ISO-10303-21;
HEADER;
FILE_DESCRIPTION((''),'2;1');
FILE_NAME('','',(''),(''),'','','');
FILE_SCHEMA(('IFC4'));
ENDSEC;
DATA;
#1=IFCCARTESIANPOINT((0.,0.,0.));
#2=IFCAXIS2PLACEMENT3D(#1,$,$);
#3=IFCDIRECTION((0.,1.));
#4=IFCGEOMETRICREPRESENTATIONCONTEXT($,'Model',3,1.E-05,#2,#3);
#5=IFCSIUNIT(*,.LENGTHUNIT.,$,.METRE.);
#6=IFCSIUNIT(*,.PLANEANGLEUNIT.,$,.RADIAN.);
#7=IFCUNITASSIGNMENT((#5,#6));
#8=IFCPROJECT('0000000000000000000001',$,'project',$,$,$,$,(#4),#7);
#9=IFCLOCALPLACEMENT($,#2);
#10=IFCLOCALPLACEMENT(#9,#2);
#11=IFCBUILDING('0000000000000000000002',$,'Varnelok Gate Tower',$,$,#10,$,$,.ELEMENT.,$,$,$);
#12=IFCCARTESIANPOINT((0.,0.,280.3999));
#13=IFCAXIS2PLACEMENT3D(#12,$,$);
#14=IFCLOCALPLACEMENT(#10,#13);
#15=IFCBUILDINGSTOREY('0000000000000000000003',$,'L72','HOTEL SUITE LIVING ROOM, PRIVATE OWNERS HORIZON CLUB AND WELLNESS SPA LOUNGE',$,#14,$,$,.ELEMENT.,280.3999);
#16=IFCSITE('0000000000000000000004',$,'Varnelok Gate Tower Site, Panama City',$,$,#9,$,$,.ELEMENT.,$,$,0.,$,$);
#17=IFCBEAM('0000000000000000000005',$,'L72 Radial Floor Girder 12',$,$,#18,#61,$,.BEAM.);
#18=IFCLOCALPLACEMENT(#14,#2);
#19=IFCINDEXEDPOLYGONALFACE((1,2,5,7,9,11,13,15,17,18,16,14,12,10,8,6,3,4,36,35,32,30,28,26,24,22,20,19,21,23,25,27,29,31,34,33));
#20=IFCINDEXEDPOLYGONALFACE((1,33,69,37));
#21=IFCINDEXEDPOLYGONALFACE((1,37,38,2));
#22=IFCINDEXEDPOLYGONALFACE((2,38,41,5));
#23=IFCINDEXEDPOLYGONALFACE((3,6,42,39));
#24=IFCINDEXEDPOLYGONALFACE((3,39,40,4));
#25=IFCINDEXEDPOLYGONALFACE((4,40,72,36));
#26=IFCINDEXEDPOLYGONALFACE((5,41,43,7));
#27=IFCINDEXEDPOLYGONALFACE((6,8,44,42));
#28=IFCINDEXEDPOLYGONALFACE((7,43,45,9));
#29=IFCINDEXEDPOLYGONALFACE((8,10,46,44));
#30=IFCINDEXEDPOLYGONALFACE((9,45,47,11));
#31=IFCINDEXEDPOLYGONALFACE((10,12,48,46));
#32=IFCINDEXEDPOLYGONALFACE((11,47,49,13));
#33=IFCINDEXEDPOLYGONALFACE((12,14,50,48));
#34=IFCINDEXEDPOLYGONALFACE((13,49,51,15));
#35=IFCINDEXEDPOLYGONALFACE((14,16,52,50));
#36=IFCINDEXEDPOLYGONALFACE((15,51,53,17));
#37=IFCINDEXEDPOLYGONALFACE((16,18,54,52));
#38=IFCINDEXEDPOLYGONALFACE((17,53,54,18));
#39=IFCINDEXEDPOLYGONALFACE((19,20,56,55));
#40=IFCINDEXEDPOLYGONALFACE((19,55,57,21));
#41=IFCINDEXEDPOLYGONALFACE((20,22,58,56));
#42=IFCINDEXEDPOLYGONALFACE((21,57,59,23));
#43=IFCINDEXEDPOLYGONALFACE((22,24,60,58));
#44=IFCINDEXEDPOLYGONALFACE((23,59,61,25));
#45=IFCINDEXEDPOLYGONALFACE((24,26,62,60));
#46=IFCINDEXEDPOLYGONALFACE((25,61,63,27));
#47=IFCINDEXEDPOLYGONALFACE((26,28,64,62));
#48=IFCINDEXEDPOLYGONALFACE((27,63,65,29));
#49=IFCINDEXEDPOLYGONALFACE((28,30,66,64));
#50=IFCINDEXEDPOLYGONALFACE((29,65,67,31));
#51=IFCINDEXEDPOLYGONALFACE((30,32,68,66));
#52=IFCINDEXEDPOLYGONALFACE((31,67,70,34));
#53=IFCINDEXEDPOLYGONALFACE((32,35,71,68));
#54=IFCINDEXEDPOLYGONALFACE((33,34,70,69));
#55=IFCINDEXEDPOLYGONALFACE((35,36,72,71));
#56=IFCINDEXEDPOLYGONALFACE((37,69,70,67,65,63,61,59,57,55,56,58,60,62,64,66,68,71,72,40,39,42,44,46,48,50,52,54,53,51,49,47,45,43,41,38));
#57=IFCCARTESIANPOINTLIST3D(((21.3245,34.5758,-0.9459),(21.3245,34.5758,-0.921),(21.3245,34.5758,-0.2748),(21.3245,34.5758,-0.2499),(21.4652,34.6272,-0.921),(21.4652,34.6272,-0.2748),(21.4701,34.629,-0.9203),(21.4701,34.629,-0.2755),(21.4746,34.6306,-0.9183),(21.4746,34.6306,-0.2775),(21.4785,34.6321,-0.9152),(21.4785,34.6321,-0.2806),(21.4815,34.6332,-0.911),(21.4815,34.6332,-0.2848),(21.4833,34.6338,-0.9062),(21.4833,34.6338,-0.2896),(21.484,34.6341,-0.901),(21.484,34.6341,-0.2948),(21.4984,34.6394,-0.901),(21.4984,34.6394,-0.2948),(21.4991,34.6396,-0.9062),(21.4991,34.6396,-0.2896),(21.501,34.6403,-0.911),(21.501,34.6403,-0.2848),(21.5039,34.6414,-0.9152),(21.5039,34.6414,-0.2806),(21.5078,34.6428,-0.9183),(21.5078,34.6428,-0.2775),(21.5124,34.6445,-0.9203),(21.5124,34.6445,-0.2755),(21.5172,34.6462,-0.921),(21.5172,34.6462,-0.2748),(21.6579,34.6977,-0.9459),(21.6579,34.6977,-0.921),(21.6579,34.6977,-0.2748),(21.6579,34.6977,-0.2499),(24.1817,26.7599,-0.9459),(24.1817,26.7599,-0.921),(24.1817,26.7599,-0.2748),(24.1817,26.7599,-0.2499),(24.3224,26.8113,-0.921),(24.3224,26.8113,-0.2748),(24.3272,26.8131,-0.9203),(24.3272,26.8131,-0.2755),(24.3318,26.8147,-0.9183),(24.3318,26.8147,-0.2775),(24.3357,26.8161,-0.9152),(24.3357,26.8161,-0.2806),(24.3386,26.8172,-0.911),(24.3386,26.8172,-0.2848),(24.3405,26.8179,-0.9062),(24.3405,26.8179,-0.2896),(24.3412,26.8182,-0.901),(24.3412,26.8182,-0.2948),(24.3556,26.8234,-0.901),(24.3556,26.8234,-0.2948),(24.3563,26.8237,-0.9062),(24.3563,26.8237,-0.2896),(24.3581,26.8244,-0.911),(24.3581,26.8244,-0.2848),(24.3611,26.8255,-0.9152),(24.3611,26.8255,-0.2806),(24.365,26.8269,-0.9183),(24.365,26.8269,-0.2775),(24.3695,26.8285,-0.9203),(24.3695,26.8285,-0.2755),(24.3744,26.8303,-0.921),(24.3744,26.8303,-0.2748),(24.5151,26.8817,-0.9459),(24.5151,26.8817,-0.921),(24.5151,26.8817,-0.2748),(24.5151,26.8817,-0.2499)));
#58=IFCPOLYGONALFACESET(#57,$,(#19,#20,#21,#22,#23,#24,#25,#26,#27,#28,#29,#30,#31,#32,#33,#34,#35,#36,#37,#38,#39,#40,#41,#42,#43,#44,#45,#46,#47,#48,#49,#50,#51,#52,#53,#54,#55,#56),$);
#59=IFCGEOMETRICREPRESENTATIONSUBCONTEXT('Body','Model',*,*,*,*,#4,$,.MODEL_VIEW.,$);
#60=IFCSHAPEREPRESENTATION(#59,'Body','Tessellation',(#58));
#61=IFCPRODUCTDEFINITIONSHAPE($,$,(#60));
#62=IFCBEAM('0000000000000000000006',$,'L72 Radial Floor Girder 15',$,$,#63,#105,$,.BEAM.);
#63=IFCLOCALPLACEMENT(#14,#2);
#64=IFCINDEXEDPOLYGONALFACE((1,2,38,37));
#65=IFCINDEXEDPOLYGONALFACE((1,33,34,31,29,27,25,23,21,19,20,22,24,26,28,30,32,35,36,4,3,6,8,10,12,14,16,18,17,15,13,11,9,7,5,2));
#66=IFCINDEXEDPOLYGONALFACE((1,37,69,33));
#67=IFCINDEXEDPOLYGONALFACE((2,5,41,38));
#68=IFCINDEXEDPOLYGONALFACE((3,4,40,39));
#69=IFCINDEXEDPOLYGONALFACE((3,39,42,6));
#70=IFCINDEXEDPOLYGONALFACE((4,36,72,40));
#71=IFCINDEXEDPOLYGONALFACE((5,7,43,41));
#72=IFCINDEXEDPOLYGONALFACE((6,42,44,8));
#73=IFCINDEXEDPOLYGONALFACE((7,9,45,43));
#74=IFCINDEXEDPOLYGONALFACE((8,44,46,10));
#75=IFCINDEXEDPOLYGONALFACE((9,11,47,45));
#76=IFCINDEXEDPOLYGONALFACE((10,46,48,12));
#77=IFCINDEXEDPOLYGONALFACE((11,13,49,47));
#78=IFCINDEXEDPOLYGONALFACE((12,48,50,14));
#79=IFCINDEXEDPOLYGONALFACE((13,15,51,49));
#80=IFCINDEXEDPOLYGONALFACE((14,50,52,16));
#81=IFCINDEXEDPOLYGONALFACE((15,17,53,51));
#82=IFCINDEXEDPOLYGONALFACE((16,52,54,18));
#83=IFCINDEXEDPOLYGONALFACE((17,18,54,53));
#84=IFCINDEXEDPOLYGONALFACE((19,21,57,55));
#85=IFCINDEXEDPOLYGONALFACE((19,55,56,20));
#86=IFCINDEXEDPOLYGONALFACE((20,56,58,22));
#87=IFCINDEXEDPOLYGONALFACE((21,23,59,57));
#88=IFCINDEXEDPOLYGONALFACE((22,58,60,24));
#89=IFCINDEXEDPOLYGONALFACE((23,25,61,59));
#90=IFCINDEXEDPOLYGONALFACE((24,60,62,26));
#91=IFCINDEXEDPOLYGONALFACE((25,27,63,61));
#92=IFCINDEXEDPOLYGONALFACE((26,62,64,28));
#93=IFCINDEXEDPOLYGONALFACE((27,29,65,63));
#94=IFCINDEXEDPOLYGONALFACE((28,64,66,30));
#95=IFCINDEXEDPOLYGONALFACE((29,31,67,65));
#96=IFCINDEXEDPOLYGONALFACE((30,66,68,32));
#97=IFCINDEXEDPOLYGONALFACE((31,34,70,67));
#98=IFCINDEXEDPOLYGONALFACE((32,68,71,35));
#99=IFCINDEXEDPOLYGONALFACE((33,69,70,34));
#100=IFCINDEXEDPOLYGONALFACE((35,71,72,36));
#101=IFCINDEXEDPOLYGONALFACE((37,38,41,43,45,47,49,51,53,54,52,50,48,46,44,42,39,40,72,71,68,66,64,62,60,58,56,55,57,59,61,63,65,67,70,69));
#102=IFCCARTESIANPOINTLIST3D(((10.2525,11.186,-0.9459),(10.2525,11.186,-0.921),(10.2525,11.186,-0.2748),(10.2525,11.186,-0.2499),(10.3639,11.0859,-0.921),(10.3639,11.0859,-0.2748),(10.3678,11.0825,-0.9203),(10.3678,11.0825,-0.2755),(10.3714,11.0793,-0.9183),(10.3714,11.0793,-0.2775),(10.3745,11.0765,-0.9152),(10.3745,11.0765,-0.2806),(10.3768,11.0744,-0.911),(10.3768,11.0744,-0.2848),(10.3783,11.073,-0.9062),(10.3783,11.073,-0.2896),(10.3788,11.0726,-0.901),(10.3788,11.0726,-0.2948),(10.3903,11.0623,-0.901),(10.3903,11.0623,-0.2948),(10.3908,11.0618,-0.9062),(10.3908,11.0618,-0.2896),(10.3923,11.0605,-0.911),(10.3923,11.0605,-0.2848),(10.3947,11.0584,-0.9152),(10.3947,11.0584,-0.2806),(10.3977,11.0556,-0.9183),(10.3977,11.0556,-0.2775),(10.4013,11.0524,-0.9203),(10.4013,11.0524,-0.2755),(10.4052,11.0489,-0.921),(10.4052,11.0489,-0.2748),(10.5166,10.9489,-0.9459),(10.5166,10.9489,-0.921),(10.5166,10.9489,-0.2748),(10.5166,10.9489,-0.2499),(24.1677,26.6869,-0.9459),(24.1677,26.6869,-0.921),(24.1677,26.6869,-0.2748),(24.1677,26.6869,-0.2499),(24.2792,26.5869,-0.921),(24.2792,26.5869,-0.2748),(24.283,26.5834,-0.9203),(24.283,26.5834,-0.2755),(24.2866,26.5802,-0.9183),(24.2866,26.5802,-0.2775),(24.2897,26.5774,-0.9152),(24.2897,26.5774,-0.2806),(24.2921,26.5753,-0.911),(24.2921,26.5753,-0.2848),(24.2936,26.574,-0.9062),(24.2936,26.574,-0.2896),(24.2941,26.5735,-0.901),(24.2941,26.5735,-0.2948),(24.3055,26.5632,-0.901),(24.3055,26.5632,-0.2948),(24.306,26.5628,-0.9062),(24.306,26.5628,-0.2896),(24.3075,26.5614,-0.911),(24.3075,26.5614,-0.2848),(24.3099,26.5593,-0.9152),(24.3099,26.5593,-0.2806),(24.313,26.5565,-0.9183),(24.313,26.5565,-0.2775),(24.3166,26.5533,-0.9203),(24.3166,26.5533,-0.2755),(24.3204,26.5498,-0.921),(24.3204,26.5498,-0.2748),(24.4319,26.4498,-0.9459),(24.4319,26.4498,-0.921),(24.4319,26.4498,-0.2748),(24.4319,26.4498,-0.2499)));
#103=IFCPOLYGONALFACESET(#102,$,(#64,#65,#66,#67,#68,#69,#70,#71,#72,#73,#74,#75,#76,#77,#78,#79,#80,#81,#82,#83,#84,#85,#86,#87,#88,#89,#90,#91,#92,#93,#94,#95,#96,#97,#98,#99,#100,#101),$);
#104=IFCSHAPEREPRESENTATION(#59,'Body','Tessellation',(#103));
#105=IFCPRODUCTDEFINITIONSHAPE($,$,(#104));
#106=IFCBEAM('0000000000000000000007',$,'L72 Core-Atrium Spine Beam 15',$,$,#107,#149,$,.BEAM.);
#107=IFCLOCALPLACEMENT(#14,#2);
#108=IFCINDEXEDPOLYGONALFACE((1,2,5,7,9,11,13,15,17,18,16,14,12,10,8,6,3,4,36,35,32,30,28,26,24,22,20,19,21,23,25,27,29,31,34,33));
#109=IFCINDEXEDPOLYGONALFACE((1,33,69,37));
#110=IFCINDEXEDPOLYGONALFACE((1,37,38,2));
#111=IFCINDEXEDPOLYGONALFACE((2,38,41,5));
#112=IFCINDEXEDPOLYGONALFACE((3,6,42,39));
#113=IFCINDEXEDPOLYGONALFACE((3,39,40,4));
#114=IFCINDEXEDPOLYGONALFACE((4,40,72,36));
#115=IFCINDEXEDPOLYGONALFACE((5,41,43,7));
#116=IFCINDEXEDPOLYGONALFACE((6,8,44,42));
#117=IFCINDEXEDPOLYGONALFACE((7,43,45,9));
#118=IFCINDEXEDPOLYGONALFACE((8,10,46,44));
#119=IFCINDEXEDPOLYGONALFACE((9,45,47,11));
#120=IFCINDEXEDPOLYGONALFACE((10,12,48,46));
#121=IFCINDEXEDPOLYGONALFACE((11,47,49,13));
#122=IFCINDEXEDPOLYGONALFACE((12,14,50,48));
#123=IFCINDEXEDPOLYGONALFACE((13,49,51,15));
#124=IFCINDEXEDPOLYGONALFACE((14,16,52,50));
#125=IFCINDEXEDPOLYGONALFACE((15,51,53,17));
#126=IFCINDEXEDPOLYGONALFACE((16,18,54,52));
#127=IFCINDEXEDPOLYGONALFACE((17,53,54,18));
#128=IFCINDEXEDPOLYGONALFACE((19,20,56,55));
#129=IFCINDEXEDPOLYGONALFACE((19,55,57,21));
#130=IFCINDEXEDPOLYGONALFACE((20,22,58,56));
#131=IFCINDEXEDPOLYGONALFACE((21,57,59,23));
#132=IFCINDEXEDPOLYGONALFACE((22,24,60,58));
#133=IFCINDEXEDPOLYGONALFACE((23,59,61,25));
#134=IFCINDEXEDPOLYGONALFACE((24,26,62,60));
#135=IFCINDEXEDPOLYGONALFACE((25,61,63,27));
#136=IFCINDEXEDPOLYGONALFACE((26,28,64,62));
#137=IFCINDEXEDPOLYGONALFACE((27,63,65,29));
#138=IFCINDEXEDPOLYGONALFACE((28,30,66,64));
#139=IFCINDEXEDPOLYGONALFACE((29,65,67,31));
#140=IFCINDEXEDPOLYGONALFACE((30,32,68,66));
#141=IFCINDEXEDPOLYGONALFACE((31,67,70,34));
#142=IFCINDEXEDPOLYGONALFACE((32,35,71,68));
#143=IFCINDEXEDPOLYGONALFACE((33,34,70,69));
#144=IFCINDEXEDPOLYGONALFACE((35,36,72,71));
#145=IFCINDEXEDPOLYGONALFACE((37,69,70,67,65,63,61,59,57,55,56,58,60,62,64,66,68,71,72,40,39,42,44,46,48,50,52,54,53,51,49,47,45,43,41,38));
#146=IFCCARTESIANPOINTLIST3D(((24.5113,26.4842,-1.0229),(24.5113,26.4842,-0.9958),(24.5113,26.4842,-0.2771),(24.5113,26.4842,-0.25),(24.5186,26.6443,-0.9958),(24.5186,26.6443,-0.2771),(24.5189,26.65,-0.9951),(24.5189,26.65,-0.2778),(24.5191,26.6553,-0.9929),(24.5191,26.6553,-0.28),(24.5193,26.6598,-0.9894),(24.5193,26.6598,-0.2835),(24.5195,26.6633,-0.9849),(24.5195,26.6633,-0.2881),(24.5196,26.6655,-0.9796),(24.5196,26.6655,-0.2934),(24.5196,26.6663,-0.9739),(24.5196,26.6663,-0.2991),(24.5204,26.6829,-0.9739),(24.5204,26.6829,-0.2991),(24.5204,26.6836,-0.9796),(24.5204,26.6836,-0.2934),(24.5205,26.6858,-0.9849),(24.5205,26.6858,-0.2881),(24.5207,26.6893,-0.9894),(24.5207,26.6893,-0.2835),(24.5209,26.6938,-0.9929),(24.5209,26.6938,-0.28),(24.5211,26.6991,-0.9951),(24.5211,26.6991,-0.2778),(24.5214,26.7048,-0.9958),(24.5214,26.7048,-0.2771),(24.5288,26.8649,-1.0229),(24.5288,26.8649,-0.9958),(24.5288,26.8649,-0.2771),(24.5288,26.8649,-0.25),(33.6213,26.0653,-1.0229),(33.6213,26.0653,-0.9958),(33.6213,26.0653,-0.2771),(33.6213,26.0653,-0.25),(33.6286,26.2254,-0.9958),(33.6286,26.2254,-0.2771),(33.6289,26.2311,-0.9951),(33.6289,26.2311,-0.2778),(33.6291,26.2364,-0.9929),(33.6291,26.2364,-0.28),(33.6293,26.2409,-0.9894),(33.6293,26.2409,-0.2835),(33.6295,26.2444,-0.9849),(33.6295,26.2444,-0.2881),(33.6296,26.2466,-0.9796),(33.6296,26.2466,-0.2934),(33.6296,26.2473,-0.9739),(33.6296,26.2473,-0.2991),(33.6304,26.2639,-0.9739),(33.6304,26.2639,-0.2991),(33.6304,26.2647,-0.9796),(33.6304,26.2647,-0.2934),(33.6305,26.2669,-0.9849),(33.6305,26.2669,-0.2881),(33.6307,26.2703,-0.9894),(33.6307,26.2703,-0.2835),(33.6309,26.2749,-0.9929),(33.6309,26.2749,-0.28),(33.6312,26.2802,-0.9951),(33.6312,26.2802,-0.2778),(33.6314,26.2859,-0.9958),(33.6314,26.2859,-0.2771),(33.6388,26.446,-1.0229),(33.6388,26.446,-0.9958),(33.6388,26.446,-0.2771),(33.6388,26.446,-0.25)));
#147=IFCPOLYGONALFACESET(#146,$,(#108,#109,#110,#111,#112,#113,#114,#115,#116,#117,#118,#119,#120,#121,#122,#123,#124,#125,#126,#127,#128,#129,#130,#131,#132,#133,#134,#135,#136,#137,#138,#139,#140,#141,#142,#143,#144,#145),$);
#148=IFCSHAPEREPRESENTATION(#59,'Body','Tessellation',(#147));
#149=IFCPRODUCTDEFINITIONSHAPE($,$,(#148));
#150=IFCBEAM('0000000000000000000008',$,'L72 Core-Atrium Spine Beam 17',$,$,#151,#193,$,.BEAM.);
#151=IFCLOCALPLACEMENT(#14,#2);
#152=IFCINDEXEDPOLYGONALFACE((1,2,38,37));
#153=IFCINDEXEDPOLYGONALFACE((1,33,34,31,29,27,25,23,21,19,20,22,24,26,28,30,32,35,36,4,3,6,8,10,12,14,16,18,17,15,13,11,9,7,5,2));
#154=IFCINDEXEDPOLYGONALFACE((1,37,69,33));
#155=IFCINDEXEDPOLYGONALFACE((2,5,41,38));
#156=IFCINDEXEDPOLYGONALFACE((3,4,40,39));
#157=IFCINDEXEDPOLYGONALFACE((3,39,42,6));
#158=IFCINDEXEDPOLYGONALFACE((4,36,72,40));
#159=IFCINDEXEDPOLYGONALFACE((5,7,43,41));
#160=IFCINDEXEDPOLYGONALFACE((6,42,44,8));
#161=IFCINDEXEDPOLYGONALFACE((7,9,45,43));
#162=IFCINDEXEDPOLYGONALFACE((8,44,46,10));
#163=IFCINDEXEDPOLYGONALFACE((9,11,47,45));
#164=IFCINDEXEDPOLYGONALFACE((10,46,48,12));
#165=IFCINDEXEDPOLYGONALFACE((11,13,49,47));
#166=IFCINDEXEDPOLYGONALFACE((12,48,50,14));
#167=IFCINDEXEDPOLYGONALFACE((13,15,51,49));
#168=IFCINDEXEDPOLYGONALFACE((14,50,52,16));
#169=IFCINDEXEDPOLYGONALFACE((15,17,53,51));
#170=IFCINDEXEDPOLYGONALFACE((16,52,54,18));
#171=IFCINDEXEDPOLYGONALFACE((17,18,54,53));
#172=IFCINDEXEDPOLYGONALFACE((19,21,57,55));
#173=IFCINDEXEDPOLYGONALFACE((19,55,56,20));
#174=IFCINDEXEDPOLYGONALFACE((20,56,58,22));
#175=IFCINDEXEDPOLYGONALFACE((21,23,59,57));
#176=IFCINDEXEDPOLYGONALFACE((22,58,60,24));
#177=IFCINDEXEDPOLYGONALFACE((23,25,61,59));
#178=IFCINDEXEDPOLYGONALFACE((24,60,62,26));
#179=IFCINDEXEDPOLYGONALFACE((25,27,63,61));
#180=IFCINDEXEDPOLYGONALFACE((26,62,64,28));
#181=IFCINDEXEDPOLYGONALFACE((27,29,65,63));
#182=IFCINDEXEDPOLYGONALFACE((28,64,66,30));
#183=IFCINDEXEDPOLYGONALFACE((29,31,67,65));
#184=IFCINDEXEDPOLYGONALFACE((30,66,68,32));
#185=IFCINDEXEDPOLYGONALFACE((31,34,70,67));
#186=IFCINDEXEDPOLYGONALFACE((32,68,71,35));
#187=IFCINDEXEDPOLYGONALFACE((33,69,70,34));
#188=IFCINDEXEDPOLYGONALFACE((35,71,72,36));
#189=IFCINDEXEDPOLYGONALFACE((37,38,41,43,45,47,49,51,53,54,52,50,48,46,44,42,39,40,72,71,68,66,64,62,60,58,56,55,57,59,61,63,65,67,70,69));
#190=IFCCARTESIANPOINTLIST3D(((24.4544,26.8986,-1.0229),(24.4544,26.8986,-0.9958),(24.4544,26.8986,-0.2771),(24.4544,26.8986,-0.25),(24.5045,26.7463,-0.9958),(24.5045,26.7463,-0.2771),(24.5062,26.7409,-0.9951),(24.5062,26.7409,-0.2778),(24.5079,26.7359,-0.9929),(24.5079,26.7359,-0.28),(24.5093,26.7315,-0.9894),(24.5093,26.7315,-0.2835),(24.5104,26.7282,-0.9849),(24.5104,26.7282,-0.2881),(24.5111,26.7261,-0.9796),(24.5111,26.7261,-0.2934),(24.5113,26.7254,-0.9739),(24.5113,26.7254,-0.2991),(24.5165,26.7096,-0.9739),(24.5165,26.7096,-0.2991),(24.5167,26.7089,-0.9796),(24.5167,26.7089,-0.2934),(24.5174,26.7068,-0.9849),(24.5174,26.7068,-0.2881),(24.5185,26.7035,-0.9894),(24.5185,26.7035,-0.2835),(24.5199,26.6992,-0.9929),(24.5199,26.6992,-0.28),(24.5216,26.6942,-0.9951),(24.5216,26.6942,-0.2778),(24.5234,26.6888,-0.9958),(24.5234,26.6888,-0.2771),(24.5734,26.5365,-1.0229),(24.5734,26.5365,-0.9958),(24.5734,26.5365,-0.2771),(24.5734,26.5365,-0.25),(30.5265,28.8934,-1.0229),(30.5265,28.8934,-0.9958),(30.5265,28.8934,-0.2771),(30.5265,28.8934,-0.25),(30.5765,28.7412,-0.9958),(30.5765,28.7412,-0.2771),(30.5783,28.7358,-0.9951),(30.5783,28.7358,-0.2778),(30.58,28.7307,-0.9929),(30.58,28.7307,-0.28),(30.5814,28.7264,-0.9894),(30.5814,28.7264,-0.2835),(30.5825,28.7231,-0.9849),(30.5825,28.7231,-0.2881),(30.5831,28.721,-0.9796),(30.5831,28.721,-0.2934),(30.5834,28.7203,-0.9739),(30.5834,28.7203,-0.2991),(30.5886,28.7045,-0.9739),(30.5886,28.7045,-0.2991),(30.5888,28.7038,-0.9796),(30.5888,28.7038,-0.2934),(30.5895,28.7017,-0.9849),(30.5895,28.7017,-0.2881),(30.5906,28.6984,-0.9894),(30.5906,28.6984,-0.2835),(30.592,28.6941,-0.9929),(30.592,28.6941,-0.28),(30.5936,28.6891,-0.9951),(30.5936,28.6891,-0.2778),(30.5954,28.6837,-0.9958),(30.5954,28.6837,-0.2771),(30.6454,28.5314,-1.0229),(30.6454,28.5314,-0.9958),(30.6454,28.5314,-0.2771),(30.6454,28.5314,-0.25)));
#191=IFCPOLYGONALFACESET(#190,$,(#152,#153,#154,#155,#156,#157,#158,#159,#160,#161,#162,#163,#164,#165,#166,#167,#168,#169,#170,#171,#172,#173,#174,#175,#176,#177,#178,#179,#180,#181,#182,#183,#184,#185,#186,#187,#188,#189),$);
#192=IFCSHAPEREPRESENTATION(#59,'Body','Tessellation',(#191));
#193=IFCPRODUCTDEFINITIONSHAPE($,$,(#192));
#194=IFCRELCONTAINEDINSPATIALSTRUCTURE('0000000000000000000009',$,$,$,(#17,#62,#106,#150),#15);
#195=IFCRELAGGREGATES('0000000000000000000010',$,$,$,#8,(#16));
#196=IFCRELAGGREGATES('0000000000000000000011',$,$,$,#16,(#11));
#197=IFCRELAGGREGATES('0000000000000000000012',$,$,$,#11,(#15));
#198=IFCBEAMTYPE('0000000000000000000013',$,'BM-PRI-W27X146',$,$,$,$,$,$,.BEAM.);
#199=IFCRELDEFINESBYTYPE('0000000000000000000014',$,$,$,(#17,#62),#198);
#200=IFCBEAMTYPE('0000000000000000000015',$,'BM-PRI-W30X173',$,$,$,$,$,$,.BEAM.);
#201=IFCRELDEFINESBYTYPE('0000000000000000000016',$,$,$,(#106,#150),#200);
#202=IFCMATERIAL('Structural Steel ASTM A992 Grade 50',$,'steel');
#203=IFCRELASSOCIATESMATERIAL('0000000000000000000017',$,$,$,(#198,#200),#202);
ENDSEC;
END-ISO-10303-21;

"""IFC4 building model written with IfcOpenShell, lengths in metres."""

from ifc_helpers import new_model, si_unit, direction, frame, origin, origin_2d, place, context, subcontext, project, spatial, i_section, extrude, material, material_profile, profile_set, type_object, element, save


model = new_model("IFC4")

# Units and contexts
model_context = context("Model", 3, precision=1e-05, world=origin(), true_north=direction((0.0, 1.0)))
body_context = subcontext(model_context, "Body", "Model", "MODEL_VIEW")
ifc_project = project(units=[si_unit("LENGTHUNIT", "METRE"), si_unit("PLANEANGLEUNIT", "RADIAN")], contexts=[model_context])

# Site, building, storey
site_placement = place(None, origin())
site = spatial("IfcSite", under=ifc_project, at=site_placement, Name="Varnelok Gate Tower Site, Panama City", CompositionType="ELEMENT", RefElevation=0.0)
building_placement = place(site_placement, origin())
building = spatial("IfcBuilding", under=site, at=building_placement, Name="Varnelok Gate Tower", CompositionType="ELEMENT")
storey_placement = place(building_placement, frame((0.0, 0.0, 280.3999)))
storey = spatial("IfcBuildingStorey", under=building, at=storey_placement, Name="L72", Description="HOTEL SUITE LIVING ROOM, PRIVATE OWNERS HORIZON CLUB AND WELLNESS SPA LOUNGE", CompositionType="ELEMENT", Elevation=280.3999)

# Shared definitions
ifc_material_1 = material(Name="Structural Steel ASTM A992 Grade 50", Category="steel")

# Beams
ifc_material_profile_1 = material_profile(ifc_material_1, i_section(OverallWidth=0.355, OverallDepth=0.696, WebThickness=0.0154, FlangeThickness=0.0249, FilletRadius=0.02, at=origin_2d()), Name="W27X146")
ifc_profile_set_1 = profile_set([ifc_material_profile_1], Name="Structural Steel ASTM A992 Grade 50")
beam_type_1 = type_object("IfcBeamType", Name="BM-PRI-W27X146", PredefinedType="BEAM", material=ifc_profile_set_1)
beam_1_placement = place(storey_placement, frame((24.3484, 26.8208, -0.5979), z_axis=(-0.343337, 0.939212, 0.0), x_axis=(-0.939212, -0.343337, 0.0)))
element("IfcBeam", 1, at=beam_1_placement, inside=storey, type_object=beam_type_1, Name="L72 Radial Floor Girder 12", PredefinedType="BEAM", context=body_context, shape_type="SweptSolid", body=[
    extrude(i_section(OverallWidth=0.355, OverallDepth=0.696, WebThickness=0.0154, FlangeThickness=0.0249, FilletRadius=0.02, at=origin_2d()), origin(), (0.0, 0.0, 1.0), 8.3218),
])
beam_2_placement = place(storey_placement, frame((24.2998, 26.5684, -0.5979), z_axis=(-0.66802, -0.744143, 0.0), x_axis=(0.744143, -0.66802, 0.0)))
element("IfcBeam", 2, at=beam_2_placement, inside=storey, type_object=beam_type_1, Name="L72 Radial Floor Girder 15", PredefinedType="BEAM", context=body_context, shape_type="SweptSolid", body=[
    extrude(i_section(OverallWidth=0.355, OverallDepth=0.696, WebThickness=0.0154, FlangeThickness=0.0249, FilletRadius=0.02, at=origin_2d()), origin(), (0.0, 0.0, 1.0), 20.8306),
])
ifc_material_profile_2 = material_profile(ifc_material_1, i_section(OverallWidth=0.3811, OverallDepth=0.7729, WebThickness=0.0166, FlangeThickness=0.0271, FilletRadius=0.022, at=origin_2d()), Name="W30X173")
ifc_profile_set_2 = profile_set([ifc_material_profile_2], Name="Structural Steel ASTM A992 Grade 50")
beam_type_2 = type_object("IfcBeamType", Name="BM-PRI-W30X173", PredefinedType="BEAM", material=ifc_profile_set_2)
beam_3_placement = place(storey_placement, frame((24.52, 26.6746, -0.6365), z_axis=(0.998944, -0.045938, 0.0), x_axis=(0.045938, 0.998944, 0.0)))
element("IfcBeam", 3, at=beam_3_placement, inside=storey, type_object=beam_type_2, Name="L72 Core-Atrium Spine Beam 15", PredefinedType="BEAM", context=body_context, shape_type="SweptSolid", body=[
    extrude(i_section(OverallWidth=0.3811, OverallDepth=0.7729, WebThickness=0.0166, FlangeThickness=0.0271, FilletRadius=0.022, at=origin_2d()), origin(), (0.0, 0.0, 1.0), 9.1196),
])
beam_4_placement = place(storey_placement, frame((24.5139, 26.7175, -0.6365), z_axis=(0.950042, 0.312122, 0.0), x_axis=(-0.312122, 0.950042, 0.0)))
element("IfcBeam", 4, at=beam_4_placement, inside=storey, type_object=beam_type_2, Name="L72 Core-Atrium Spine Beam 17", PredefinedType="BEAM", context=body_context, shape_type="SweptSolid", body=[
    extrude(i_section(OverallWidth=0.3811, OverallDepth=0.7729, WebThickness=0.0166, FlangeThickness=0.0271, FilletRadius=0.022, at=origin_2d()), origin(), (0.0, 0.0, 1.0), 6.3914),
])

save(model, "model.ifc")
